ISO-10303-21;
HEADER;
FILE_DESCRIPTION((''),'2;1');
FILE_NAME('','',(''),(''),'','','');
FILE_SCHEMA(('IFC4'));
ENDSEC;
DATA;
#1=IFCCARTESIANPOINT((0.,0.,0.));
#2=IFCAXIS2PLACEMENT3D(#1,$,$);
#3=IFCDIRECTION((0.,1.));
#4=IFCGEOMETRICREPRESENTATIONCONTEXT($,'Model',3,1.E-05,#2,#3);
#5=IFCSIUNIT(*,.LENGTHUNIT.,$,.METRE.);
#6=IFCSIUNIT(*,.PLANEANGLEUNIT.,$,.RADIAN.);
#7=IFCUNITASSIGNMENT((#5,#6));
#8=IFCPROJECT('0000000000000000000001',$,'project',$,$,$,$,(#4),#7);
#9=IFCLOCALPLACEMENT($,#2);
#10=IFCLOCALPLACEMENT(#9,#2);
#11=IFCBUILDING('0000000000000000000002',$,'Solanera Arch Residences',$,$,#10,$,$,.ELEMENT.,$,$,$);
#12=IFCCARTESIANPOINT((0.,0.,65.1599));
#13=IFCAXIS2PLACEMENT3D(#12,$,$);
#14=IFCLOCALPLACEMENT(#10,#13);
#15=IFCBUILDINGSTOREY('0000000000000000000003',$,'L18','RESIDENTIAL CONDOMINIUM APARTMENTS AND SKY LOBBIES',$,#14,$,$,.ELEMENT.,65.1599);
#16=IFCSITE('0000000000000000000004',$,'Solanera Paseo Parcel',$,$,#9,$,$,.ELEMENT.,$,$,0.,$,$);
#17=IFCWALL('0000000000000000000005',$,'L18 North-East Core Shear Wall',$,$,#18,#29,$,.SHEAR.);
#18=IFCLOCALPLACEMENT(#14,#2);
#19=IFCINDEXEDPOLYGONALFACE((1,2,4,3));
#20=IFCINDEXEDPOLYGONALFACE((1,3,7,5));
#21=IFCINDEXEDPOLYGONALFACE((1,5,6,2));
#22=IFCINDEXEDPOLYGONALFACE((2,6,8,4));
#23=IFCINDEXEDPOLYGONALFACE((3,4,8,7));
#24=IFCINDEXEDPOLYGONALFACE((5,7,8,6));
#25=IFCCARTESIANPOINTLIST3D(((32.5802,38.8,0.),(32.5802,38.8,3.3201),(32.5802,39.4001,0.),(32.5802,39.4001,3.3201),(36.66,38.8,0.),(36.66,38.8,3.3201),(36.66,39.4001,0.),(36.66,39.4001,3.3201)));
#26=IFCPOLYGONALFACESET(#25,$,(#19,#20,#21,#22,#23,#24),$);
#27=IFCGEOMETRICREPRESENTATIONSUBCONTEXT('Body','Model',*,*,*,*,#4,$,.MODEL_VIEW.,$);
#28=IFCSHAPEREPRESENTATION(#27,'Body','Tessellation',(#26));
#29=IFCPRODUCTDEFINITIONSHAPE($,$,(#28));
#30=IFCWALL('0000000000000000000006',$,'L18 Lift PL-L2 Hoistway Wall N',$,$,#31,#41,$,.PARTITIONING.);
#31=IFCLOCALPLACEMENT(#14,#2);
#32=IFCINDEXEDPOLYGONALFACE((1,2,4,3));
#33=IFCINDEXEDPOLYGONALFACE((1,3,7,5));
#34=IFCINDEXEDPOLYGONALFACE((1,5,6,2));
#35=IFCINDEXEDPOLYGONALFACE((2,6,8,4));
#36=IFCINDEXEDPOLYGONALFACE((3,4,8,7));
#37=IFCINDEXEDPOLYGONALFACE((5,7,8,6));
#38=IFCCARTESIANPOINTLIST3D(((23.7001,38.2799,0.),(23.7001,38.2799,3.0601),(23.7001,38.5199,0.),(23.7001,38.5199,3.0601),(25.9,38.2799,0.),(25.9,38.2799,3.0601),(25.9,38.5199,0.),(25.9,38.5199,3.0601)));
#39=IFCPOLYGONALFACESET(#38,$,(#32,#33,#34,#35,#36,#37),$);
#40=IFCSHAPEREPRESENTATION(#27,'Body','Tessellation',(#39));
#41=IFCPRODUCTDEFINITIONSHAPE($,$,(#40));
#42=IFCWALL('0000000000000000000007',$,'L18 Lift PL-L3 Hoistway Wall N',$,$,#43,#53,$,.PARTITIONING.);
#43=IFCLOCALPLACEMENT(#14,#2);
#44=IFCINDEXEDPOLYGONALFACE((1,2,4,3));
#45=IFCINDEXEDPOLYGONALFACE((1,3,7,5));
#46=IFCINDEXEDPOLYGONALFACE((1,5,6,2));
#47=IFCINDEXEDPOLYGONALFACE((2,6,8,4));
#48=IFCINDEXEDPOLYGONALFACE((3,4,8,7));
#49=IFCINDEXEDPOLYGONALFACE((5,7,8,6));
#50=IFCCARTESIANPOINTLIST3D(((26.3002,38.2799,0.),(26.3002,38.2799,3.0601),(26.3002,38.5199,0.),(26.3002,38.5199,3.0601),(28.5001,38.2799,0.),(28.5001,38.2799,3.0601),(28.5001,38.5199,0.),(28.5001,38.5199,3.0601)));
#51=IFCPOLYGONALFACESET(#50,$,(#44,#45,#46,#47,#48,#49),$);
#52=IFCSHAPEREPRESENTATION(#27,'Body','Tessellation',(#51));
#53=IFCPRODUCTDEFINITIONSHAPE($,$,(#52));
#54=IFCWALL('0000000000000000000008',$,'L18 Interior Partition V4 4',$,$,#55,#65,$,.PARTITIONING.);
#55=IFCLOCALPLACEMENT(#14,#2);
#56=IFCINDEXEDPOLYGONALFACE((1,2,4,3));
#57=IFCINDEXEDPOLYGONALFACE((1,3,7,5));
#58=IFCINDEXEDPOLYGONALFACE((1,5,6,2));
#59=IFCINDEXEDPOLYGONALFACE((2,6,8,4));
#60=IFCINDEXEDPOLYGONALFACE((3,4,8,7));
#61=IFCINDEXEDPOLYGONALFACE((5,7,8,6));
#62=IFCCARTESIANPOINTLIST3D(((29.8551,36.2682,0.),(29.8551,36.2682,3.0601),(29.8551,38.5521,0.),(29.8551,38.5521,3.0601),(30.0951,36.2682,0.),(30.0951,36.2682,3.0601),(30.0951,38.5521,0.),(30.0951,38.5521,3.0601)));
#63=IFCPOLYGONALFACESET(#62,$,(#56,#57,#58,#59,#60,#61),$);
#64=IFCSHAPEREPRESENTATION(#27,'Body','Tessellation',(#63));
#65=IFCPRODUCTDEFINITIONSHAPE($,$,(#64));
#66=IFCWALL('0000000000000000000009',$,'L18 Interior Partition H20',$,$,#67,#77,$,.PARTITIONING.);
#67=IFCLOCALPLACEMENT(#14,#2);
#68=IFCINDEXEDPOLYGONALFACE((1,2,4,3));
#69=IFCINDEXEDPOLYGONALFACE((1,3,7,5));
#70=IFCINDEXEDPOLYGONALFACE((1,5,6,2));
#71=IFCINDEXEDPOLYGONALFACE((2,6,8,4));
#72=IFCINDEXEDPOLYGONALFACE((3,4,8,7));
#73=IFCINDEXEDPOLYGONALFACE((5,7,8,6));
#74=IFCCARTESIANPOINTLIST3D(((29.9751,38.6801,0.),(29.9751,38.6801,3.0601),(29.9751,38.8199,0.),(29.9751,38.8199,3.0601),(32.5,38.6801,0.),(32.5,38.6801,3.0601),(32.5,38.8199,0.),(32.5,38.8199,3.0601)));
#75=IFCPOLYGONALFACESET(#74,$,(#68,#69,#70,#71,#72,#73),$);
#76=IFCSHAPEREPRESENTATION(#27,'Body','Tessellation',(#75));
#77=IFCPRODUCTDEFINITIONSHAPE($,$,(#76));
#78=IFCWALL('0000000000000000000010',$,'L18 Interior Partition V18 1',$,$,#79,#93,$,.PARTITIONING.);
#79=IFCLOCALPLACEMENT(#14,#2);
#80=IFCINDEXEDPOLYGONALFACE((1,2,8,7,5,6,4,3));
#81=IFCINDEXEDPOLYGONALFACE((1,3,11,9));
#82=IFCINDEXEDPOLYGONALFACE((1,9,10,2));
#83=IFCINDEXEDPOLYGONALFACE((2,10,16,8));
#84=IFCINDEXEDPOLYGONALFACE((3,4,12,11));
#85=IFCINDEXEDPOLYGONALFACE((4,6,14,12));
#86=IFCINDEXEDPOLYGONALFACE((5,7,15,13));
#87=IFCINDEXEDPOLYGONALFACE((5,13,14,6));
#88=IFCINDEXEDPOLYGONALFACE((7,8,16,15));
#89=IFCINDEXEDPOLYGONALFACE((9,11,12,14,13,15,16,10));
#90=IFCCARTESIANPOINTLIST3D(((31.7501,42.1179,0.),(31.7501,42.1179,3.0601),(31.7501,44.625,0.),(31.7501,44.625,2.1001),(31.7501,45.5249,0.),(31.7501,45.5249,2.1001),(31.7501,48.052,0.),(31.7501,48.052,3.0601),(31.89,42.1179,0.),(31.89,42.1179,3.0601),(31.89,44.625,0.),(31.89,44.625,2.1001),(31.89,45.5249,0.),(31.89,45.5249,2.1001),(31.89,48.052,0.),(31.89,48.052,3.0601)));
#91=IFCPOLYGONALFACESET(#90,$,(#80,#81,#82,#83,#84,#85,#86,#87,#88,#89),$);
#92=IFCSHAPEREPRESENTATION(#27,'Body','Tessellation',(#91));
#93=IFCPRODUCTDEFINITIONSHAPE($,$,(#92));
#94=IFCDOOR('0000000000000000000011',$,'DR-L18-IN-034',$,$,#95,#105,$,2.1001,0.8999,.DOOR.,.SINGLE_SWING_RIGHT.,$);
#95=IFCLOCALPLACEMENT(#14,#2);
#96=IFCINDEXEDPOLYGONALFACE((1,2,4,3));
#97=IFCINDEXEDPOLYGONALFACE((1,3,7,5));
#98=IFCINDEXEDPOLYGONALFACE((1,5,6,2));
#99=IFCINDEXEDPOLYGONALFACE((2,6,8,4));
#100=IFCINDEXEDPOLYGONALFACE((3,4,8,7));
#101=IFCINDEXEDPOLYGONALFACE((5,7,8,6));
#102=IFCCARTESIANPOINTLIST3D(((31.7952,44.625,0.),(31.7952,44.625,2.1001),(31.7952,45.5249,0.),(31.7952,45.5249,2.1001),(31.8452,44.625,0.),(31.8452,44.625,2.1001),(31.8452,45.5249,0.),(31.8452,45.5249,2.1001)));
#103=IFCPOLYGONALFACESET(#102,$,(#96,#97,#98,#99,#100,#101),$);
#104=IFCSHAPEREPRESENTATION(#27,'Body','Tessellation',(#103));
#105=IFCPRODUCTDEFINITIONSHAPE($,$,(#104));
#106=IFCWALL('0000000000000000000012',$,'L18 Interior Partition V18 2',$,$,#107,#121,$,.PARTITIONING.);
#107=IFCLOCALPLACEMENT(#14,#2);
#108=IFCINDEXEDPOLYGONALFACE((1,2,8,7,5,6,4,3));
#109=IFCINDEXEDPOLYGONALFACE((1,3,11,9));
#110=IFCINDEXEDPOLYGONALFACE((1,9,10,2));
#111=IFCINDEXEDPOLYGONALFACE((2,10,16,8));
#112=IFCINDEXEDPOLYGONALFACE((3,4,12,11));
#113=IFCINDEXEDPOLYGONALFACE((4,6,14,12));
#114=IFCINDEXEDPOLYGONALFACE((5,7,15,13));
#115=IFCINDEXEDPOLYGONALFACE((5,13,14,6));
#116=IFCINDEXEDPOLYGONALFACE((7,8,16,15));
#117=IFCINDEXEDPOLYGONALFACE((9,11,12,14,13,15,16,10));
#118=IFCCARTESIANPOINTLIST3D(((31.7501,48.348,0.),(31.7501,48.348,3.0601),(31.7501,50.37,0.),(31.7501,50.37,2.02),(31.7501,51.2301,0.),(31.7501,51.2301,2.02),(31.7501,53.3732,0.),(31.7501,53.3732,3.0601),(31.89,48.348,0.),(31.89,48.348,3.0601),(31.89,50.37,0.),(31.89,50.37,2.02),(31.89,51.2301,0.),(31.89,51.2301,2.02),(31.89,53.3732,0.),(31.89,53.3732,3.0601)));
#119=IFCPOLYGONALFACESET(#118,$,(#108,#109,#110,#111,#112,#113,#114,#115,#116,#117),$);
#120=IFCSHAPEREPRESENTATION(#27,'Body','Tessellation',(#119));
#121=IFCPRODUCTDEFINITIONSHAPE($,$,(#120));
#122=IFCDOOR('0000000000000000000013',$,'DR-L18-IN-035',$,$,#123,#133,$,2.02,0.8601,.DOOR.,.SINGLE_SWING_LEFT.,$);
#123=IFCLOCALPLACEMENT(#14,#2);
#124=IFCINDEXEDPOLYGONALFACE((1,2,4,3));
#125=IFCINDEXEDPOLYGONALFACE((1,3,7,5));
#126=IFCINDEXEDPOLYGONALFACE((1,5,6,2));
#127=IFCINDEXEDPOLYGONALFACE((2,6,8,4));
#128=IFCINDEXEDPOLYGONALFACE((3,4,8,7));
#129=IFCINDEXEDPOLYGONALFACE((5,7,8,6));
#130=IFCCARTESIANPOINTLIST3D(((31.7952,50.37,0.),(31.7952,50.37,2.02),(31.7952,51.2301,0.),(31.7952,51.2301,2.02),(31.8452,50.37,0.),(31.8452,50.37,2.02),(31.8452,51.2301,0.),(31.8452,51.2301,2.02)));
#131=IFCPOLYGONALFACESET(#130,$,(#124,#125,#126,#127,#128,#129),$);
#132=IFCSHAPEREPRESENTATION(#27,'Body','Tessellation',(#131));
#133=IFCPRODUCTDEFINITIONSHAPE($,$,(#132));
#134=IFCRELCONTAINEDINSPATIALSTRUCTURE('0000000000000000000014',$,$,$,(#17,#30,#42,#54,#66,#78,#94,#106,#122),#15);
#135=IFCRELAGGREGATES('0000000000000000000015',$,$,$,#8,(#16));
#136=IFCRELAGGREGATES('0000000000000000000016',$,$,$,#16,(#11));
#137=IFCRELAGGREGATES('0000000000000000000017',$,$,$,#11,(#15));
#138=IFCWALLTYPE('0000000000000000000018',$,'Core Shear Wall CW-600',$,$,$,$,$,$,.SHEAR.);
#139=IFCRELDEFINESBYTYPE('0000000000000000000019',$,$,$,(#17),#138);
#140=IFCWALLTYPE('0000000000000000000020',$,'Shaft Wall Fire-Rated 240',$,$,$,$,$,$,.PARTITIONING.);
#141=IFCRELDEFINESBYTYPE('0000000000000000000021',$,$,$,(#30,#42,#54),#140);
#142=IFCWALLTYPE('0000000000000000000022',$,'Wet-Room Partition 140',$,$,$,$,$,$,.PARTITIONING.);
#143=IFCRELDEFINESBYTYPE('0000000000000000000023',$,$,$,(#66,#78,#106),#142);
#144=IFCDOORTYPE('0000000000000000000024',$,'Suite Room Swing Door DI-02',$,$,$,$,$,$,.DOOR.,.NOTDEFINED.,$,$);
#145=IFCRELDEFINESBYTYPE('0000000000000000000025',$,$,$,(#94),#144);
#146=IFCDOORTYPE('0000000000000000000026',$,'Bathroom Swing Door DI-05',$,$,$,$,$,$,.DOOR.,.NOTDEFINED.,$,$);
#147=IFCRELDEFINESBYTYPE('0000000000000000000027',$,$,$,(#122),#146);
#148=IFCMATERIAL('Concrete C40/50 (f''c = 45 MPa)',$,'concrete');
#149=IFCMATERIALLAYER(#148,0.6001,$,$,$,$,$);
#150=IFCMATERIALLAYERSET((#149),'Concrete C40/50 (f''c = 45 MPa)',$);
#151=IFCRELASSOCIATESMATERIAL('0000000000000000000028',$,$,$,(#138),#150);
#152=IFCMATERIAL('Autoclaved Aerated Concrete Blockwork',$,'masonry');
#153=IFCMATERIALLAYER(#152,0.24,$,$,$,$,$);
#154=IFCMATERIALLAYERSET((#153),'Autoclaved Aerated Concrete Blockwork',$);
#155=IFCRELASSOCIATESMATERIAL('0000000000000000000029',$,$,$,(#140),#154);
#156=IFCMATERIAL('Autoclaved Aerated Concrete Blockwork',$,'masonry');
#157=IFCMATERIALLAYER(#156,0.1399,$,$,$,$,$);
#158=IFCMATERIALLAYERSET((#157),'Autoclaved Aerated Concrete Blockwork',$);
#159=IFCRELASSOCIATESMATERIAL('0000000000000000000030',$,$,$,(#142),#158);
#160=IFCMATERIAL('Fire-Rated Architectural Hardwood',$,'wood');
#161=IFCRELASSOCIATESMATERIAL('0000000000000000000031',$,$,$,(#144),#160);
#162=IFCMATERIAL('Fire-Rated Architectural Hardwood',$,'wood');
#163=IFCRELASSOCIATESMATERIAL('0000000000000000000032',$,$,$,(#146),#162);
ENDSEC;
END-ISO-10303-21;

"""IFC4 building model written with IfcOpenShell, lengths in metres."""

from ifc_helpers import new_model, si_unit, direction, frame, frame_2d, origin, place, context, subcontext, project, spatial, rectangle, extrude, material, layer, layer_set, type_object, element, fill, save


model = new_model("IFC4")

# Units and contexts
model_context = context("Model", 3, precision=1e-05, world=origin(), true_north=direction((0.0, 1.0)))
body_context = subcontext(model_context, "Body", "Model", "MODEL_VIEW")
ifc_project = project(units=[si_unit("LENGTHUNIT", "METRE"), si_unit("PLANEANGLEUNIT", "RADIAN")], contexts=[model_context])

# Site, building, storey
site_placement = place(None, origin())
site = spatial("IfcSite", under=ifc_project, at=site_placement, Name="Solanera Paseo Parcel", CompositionType="ELEMENT", RefElevation=0.0)
building_placement = place(site_placement, origin())
building = spatial("IfcBuilding", under=site, at=building_placement, Name="Solanera Arch Residences", CompositionType="ELEMENT")
storey_placement = place(building_placement, frame((0.0, 0.0, 65.1599)))
storey = spatial("IfcBuildingStorey", under=building, at=storey_placement, Name="L18", Description="RESIDENTIAL CONDOMINIUM APARTMENTS AND SKY LOBBIES", CompositionType="ELEMENT", Elevation=65.1599)

# Walls
ifc_material_1 = material(Name="Concrete C40/50 (f'c = 45 MPa)", Category="concrete")
ifc_layer_1 = layer(ifc_material_1, 0.6001)
ifc_layer_set_1 = layer_set([ifc_layer_1], Name="Concrete C40/50 (f'c = 45 MPa)")
wall_type_1 = type_object("IfcWallType", Name="Core Shear Wall CW-600", PredefinedType="SHEAR", material=ifc_layer_set_1)
wall_1_placement = place(storey_placement, frame((32.5801, 39.1001, 0.0), z_axis=(0.0, 0.0, 1.0), x_axis=(1.0, 0.0, 0.0)))
element("IfcWall", 1, at=wall_1_placement, inside=storey, type_object=wall_type_1, Name="L18 North-East Core Shear Wall", PredefinedType="SHEAR", context=body_context, shape_type="SweptSolid", body=[
    extrude(rectangle(XDim=4.0798, YDim=0.6001, at=frame_2d((2.04, 0.0))), origin(), (0.0, 0.0, 1.0), 3.3201),
])
ifc_material_2 = material(Name="Autoclaved Aerated Concrete Blockwork", Category="masonry")
ifc_layer_2 = layer(ifc_material_2, 0.24)
ifc_layer_set_2 = layer_set([ifc_layer_2], Name="Autoclaved Aerated Concrete Blockwork")
wall_type_2 = type_object("IfcWallType", Name="Shaft Wall Fire-Rated 240", PredefinedType="PARTITIONING", material=ifc_layer_set_2)
for number, where, z_axis, x_axis, name in (
    (2, (23.7, 38.3999, 0.0), (0.0, 0.0, 1.0), (1.0, 0.0, 0.0), "L18 Lift PL-L2 Hoistway Wall N"),
    (3, (26.3, 38.3999, 0.0), (0.0, 0.0, 1.0), (1.0, 0.0, 0.0), "L18 Lift PL-L3 Hoistway Wall N"),
):
    element("IfcWall", number, at=place(storey_placement, frame(where, z_axis=z_axis, x_axis=x_axis)), inside=storey, type_object=wall_type_2, Name=name, PredefinedType="PARTITIONING", context=body_context, shape_type="SweptSolid", body=[
        extrude(rectangle(XDim=2.2, YDim=0.24, at=frame_2d((1.1001, 0.0))), origin(), (0.0, 0.0, 1.0), 3.0601),
    ])
wall_2_placement = place(storey_placement, frame((29.9751, 36.2681, 0.0), z_axis=(0.0, 0.0, 1.0), x_axis=(0.0, 1.0, 0.0)))
element("IfcWall", 4, at=wall_2_placement, inside=storey, type_object=wall_type_2, Name="L18 Interior Partition V4 4", PredefinedType="PARTITIONING", context=body_context, shape_type="SweptSolid", body=[
    extrude(rectangle(XDim=2.2839, YDim=0.24, at=frame_2d((1.1421, 0.0))), origin(), (0.0, 0.0, 1.0), 3.0601),
])
ifc_material_3 = material(Name="Autoclaved Aerated Concrete Blockwork", Category="masonry")
ifc_layer_3 = layer(ifc_material_3, 0.1399)
ifc_layer_set_3 = layer_set([ifc_layer_3], Name="Autoclaved Aerated Concrete Blockwork")
wall_type_3 = type_object("IfcWallType", Name="Wet-Room Partition 140", PredefinedType="PARTITIONING", material=ifc_layer_set_3)
wall_3_placement = place(storey_placement, frame((29.9751, 38.75, 0.0), z_axis=(0.0, 0.0, 1.0), x_axis=(1.0, 0.0, 0.0)))
element("IfcWall", 5, at=wall_3_placement, inside=storey, type_object=wall_type_3, Name="L18 Interior Partition H20", PredefinedType="PARTITIONING", context=body_context, shape_type="SweptSolid", body=[
    extrude(rectangle(XDim=2.5249, YDim=0.1399, at=frame_2d((1.2625, 0.0))), origin(), (0.0, 0.0, 1.0), 3.0601),
])

# Walls, openings, doors
wall_4_placement = place(storey_placement, frame((31.8201, 42.1179, 0.0), z_axis=(0.0, 0.0, 1.0), x_axis=(0.0, 1.0, 0.0)))
wall_4 = element("IfcWall", 6, at=wall_4_placement, inside=storey, type_object=wall_type_3, Name="L18 Interior Partition V18 1", PredefinedType="PARTITIONING", context=body_context, shape_type="SweptSolid", body=[
    extrude(rectangle(XDim=5.9341, YDim=0.1399, at=frame_2d((2.967, 0.0))), origin(), (0.0, 0.0, 1.0), 3.0601),
])
opening_1_placement = place(wall_4_placement, frame((2.5071, 0.0, 0.0)))
opening_1 = element("IfcOpeningElement", 7, at=opening_1_placement, cuts=wall_4, PredefinedType="OPENING", context=body_context, shape_type="SweptSolid", body=[
    extrude(rectangle(XDim=0.8999, YDim=2.1001, at=frame_2d((0.45, 1.05))), frame((0.0, 0.0798, 0.0), z_axis=(0.0, -1.0, 0.0), x_axis=(1.0, 0.0, 0.0)), (0.0, 0.0, 1.0), 0.1599),
])
ifc_material_4 = material(Name="Fire-Rated Architectural Hardwood", Category="wood")
door_type_1 = type_object("IfcDoorType", Name="Suite Room Swing Door DI-02", OperationType="NOTDEFINED", PredefinedType="DOOR", material=ifc_material_4)
door_1_placement = place(opening_1_placement, origin())
door_1 = element("IfcDoor", 8, at=door_1_placement, inside=storey, type_object=door_type_1, Name="DR-L18-IN-034", OperationType="SINGLE_SWING_RIGHT", OverallHeight=2.1001, OverallWidth=0.8999, PredefinedType="DOOR", context=body_context, shape_type="SweptSolid", body=[
    extrude(rectangle(XDim=0.8999, YDim=2.1001, at=frame_2d((0.45, 1.05))), frame((0.0, 0.0249, 0.0), z_axis=(0.0, -1.0, 0.0), x_axis=(1.0, 0.0, 0.0)), (0.0, 0.0, 1.0), 0.05),
])
fill(opening_1, door_1)
wall_5_placement = place(storey_placement, frame((31.8201, 48.3479, 0.0), z_axis=(0.0, 0.0, 1.0), x_axis=(0.0, 1.0, 0.0)))
wall_5 = element("IfcWall", 9, at=wall_5_placement, inside=storey, type_object=wall_type_3, Name="L18 Interior Partition V18 2", PredefinedType="PARTITIONING", context=body_context, shape_type="SweptSolid", body=[
    extrude(rectangle(XDim=5.0251, YDim=0.1399, at=frame_2d((2.5127, 0.0))), origin(), (0.0, 0.0, 1.0), 3.0601),
])
opening_2_placement = place(wall_5_placement, frame((2.022, 0.0, 0.0)))
opening_2 = element("IfcOpeningElement", 10, at=opening_2_placement, cuts=wall_5, PredefinedType="OPENING", context=body_context, shape_type="SweptSolid", body=[
    extrude(rectangle(XDim=0.8601, YDim=2.02, at=frame_2d((0.4302, 1.01))), frame((0.0, 0.0798, 0.0), z_axis=(0.0, -1.0, 0.0), x_axis=(1.0, 0.0, 0.0)), (0.0, 0.0, 1.0), 0.1599),
])
ifc_material_5 = material(Name="Fire-Rated Architectural Hardwood", Category="wood")
door_type_2 = type_object("IfcDoorType", Name="Bathroom Swing Door DI-05", OperationType="NOTDEFINED", PredefinedType="DOOR", material=ifc_material_5)
door_2_placement = place(opening_2_placement, origin())
door_2 = element("IfcDoor", 11, at=door_2_placement, inside=storey, type_object=door_type_2, Name="DR-L18-IN-035", OperationType="SINGLE_SWING_LEFT", OverallHeight=2.02, OverallWidth=0.8601, PredefinedType="DOOR", context=body_context, shape_type="SweptSolid", body=[
    extrude(rectangle(XDim=0.8601, YDim=2.02, at=frame_2d((0.4302, 1.01))), frame((0.0, 0.0249, 0.0), z_axis=(0.0, -1.0, 0.0), x_axis=(1.0, 0.0, 0.0)), (0.0, 0.0, 1.0), 0.05),
])
fill(opening_2, door_2)

save(model, "model.ifc")
